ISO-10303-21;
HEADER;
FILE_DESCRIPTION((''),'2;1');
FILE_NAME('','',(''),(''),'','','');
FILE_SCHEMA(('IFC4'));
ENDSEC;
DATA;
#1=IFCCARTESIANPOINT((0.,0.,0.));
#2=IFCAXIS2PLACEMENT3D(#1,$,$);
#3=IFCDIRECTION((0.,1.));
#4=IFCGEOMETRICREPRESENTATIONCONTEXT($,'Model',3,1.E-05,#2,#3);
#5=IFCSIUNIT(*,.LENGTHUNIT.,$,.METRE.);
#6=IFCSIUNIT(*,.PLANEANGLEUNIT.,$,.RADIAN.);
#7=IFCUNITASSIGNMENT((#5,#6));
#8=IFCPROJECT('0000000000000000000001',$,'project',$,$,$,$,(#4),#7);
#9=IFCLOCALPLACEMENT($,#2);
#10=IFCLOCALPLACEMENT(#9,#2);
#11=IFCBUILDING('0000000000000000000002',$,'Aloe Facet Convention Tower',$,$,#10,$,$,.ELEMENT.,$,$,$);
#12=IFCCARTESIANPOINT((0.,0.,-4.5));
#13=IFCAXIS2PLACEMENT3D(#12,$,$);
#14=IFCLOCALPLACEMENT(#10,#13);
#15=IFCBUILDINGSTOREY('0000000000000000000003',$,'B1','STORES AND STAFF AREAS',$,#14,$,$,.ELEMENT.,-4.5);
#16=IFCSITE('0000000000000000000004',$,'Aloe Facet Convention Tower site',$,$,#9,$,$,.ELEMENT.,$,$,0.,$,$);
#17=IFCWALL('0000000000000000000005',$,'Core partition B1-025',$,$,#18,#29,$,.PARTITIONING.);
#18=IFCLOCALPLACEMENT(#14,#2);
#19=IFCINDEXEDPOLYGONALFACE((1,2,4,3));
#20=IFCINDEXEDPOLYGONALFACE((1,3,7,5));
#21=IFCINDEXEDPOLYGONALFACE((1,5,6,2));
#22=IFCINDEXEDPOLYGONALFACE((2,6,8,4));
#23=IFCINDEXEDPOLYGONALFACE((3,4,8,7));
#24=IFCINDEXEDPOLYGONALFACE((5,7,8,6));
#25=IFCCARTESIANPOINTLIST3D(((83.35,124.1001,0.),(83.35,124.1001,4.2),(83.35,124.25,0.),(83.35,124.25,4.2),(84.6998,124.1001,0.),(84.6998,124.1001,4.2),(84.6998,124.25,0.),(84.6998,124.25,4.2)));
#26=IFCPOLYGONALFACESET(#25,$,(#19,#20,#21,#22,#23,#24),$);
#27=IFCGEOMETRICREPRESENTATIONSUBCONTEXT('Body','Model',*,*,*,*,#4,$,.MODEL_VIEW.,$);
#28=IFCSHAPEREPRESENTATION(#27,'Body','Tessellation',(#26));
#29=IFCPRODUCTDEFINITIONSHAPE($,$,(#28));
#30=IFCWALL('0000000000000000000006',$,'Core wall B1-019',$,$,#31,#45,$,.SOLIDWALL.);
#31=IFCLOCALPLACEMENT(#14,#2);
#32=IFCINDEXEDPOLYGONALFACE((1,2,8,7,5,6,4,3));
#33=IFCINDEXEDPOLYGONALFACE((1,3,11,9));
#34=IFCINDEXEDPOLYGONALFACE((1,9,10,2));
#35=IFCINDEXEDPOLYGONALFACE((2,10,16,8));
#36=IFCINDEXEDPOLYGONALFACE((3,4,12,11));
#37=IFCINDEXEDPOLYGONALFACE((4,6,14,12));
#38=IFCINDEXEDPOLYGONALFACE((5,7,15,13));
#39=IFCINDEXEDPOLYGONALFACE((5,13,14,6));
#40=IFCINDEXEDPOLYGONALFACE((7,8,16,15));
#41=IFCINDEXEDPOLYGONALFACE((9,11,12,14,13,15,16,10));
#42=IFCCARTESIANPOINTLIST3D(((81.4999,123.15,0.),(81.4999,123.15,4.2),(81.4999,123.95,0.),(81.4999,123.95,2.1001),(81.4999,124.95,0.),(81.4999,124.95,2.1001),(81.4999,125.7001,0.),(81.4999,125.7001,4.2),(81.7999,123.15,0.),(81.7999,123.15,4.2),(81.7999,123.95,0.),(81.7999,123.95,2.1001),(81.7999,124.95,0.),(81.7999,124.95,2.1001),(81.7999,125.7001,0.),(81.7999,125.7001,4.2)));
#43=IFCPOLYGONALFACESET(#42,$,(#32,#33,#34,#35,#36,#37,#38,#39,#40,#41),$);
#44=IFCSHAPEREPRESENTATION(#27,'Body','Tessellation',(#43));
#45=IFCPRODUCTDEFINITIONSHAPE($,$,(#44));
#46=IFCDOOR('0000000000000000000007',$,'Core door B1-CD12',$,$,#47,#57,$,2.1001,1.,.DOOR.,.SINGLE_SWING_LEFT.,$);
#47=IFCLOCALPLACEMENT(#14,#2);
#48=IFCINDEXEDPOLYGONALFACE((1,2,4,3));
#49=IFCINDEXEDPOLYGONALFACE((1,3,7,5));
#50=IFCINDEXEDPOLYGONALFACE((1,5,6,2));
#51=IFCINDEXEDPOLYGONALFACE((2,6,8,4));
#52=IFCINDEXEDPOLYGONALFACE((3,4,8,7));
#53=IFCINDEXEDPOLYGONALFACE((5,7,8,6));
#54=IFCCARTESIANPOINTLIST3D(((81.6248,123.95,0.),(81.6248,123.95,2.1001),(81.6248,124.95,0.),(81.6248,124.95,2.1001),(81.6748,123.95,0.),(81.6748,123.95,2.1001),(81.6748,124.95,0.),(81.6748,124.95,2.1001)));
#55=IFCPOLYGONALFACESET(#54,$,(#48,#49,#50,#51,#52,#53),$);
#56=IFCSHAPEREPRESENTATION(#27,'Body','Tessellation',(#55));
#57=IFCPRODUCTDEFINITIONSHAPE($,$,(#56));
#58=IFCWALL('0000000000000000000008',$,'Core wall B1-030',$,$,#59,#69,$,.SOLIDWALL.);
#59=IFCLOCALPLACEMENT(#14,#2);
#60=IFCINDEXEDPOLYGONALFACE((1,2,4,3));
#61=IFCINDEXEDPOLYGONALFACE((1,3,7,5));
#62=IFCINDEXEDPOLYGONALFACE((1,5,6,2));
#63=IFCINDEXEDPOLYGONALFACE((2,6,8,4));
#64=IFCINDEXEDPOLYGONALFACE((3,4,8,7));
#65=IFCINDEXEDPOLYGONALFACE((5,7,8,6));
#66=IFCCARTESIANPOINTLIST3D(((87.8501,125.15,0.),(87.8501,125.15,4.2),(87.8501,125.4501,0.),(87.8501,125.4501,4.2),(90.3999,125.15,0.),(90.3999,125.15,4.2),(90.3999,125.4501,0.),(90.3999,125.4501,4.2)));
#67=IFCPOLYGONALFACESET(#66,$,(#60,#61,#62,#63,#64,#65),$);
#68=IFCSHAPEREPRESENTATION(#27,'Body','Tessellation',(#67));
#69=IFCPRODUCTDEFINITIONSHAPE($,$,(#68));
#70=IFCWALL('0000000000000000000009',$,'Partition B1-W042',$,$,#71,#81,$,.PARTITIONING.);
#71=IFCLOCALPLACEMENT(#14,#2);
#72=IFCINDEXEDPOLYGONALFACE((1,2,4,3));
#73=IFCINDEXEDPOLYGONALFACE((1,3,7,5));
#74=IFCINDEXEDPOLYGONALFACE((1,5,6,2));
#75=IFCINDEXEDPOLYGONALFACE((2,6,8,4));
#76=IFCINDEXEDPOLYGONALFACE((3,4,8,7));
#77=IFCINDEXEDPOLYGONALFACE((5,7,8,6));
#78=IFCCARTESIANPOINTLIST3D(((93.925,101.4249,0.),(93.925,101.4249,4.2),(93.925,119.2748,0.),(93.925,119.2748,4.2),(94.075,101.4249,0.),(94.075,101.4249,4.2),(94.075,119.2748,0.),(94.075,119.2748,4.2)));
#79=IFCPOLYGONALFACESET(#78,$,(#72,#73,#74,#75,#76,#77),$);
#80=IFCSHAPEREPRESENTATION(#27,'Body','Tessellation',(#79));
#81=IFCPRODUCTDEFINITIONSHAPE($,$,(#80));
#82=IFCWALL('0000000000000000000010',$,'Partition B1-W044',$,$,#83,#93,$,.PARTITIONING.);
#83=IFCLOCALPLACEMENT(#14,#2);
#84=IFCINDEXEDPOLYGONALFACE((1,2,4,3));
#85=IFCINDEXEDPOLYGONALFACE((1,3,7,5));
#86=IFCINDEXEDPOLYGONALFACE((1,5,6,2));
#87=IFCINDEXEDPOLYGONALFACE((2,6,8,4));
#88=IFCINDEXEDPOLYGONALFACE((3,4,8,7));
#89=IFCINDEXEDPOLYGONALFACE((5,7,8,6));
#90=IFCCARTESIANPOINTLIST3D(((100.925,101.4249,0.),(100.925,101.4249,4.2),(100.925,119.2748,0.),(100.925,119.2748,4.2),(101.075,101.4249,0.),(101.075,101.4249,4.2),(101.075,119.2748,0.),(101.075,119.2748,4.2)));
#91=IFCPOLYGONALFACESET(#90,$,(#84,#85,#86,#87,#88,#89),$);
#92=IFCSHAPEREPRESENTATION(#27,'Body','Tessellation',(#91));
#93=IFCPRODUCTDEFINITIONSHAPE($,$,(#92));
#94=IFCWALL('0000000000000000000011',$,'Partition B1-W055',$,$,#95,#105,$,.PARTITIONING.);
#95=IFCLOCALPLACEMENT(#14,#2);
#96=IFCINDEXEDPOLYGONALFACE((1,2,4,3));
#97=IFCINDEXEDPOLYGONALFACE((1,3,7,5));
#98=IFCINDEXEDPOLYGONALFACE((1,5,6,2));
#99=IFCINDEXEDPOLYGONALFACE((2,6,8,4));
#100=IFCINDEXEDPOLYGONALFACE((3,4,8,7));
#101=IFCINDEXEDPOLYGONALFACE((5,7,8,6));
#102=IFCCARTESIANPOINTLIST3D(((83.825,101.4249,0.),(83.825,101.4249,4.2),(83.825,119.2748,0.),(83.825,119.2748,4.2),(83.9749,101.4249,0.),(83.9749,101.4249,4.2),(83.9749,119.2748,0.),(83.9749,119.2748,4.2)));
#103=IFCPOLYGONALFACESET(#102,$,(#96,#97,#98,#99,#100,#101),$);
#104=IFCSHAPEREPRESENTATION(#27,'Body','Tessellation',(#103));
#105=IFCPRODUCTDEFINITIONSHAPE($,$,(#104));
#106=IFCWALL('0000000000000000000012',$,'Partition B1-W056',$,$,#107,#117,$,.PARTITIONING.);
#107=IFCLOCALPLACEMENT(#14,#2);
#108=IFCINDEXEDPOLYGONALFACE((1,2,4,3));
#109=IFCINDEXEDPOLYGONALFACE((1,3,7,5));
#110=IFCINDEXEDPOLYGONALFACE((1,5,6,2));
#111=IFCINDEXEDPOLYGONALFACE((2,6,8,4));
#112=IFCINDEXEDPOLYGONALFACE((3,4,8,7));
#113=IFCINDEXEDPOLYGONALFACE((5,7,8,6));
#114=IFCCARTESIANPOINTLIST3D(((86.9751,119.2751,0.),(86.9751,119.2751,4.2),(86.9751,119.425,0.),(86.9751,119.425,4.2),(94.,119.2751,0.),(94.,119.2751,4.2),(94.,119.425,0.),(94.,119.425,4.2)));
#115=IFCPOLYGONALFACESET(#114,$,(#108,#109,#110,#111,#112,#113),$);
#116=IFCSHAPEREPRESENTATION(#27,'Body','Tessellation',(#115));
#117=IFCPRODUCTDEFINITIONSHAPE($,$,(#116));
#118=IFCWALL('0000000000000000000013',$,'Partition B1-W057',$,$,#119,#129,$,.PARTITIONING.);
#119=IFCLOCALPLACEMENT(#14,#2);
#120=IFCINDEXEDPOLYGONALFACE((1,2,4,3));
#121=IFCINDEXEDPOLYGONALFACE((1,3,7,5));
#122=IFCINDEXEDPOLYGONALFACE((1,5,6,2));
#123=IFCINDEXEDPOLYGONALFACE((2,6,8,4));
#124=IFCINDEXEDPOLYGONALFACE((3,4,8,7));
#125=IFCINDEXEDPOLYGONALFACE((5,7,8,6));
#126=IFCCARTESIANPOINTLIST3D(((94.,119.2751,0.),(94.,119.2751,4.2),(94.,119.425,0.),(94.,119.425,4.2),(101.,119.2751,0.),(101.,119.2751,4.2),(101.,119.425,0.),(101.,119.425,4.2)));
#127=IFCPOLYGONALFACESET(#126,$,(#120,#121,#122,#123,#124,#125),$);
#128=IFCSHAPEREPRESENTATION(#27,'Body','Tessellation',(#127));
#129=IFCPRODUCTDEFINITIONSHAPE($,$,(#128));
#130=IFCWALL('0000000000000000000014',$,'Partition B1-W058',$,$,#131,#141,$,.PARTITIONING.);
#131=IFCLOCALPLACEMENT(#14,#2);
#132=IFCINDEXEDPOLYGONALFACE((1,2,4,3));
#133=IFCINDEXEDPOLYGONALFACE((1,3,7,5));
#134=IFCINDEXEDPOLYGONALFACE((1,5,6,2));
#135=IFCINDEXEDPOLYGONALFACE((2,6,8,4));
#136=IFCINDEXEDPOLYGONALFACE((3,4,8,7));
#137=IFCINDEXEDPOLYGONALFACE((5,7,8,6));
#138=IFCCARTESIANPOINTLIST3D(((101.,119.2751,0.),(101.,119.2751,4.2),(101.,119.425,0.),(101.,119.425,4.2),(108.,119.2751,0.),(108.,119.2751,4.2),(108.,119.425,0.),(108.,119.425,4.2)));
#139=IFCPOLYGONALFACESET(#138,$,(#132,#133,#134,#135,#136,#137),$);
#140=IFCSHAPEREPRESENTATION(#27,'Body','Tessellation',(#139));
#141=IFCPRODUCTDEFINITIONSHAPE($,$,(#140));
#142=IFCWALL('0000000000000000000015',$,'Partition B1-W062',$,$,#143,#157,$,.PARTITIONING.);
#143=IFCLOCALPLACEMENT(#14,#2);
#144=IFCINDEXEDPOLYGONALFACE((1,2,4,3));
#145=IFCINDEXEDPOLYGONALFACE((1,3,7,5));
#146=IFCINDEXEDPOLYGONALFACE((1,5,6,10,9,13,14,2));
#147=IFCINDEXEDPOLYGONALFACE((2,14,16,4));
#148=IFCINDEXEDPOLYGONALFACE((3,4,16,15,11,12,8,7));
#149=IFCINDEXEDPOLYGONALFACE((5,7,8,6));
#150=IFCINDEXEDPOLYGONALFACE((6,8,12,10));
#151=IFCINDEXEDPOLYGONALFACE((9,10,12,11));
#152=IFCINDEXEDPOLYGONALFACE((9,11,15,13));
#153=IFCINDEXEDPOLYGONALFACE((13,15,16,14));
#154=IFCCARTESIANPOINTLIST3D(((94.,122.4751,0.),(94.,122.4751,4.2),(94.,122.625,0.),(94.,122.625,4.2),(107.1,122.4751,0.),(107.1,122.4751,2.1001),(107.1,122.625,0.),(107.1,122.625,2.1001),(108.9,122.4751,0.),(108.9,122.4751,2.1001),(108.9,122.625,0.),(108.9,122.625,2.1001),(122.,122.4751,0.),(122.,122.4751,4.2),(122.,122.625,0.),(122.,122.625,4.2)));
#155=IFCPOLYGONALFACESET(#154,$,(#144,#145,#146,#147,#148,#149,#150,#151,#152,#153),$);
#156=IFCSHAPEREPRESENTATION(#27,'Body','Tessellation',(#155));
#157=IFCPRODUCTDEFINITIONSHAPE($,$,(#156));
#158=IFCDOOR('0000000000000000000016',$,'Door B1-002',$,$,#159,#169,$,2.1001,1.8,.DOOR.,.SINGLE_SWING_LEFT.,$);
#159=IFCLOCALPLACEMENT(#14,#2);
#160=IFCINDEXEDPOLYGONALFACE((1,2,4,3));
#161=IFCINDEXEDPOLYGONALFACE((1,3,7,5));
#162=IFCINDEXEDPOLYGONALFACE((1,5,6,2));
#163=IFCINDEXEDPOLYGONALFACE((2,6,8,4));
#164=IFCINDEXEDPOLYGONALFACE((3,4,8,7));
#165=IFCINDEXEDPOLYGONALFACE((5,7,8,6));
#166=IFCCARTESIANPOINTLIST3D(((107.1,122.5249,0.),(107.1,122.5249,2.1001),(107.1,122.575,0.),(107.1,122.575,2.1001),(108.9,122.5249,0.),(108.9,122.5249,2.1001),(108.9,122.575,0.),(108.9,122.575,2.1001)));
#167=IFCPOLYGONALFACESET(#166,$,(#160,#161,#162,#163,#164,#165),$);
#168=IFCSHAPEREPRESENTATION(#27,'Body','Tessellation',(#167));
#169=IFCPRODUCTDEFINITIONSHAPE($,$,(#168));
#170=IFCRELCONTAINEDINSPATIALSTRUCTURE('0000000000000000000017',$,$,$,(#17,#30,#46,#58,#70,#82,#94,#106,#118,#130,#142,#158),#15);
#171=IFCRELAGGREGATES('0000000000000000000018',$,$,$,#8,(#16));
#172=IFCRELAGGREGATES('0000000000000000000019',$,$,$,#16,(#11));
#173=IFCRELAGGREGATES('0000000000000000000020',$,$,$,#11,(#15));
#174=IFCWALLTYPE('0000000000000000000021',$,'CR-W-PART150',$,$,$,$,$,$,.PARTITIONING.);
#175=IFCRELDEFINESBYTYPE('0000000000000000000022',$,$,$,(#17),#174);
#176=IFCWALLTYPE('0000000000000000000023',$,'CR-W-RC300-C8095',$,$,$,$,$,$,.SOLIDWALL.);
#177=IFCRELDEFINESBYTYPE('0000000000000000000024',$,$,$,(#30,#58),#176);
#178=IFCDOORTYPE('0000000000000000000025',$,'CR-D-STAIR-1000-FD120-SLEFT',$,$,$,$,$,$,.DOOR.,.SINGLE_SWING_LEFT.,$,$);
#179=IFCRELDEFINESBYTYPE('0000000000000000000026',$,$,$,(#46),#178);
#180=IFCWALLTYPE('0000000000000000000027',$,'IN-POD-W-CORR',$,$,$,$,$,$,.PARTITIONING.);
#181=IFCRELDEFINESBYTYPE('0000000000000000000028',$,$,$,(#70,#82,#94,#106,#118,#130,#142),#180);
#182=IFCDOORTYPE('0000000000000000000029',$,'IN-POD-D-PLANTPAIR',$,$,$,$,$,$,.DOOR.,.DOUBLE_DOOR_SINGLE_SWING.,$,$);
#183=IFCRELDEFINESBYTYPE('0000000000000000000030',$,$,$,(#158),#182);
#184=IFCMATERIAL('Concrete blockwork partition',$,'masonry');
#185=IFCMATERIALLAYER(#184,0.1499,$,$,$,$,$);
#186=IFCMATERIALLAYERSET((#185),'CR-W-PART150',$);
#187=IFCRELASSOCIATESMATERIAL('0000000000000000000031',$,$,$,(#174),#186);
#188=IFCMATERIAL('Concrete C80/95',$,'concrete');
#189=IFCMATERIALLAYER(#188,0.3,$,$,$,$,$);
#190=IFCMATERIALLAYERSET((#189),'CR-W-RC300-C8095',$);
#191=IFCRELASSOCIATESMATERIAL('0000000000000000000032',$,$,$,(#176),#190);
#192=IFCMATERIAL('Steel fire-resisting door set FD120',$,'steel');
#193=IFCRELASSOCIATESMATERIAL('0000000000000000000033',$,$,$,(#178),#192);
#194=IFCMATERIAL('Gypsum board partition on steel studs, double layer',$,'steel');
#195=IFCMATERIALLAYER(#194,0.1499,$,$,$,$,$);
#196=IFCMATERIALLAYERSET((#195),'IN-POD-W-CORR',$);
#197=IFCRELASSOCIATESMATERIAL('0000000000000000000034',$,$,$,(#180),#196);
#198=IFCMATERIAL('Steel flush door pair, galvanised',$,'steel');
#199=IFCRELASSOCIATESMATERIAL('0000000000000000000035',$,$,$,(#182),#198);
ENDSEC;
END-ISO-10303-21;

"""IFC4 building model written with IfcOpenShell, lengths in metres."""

from ifc_helpers import new_model, si_unit, direction, frame, frame_2d, origin, place, context, subcontext, project, spatial, rectangle, extrude, material, layer, layer_set, type_object, element, fill, save


model = new_model("IFC4")

# Units and contexts
model_context = context("Model", 3, precision=1e-05, world=origin(), true_north=direction((0.0, 1.0)))
body_context = subcontext(model_context, "Body", "Model", "MODEL_VIEW")
ifc_project = project(units=[si_unit("LENGTHUNIT", "METRE"), si_unit("PLANEANGLEUNIT", "RADIAN")], contexts=[model_context])

# Site, building, storey
site_placement = place(None, origin())
site = spatial("IfcSite", under=ifc_project, at=site_placement, Name="Aloe Facet Convention Tower site", CompositionType="ELEMENT", RefElevation=0.0)
building_placement = place(site_placement, origin())
building = spatial("IfcBuilding", under=site, at=building_placement, Name="Aloe Facet Convention Tower", CompositionType="ELEMENT")
storey_placement = place(building_placement, frame((0.0, 0.0, -4.5)))
storey = spatial("IfcBuildingStorey", under=building, at=storey_placement, Name="B1", Description="STORES AND STAFF AREAS", CompositionType="ELEMENT", Elevation=-4.5)

# Wall
ifc_material_1 = material(Name="Concrete blockwork partition", Category="masonry")
ifc_layer_1 = layer(ifc_material_1, 0.1499)
ifc_layer_set_1 = layer_set([ifc_layer_1], Name="CR-W-PART150")
wall_type_1 = type_object("IfcWallType", Name="CR-W-PART150", PredefinedType="PARTITIONING", material=ifc_layer_set_1)
wall_1_placement = place(storey_placement, frame((83.3501, 124.175, 0.0), z_axis=(0.0, 0.0, 1.0), x_axis=(1.0, 0.0, 0.0)))
element("IfcWall", 1, at=wall_1_placement, inside=storey, type_object=wall_type_1, Name="Core partition B1-025", PredefinedType="PARTITIONING", context=body_context, shape_type="SweptSolid", body=[
    extrude(rectangle(XDim=1.3499, YDim=0.1499, at=frame_2d((0.6748, 0.0))), origin(), (0.0, 0.0, 1.0), 4.2),
])

# Wall, opening, door
ifc_material_2 = material(Name="Concrete C80/95", Category="concrete")
ifc_layer_2 = layer(ifc_material_2, 0.3)
ifc_layer_set_2 = layer_set([ifc_layer_2], Name="CR-W-RC300-C8095")
wall_type_2 = type_object("IfcWallType", Name="CR-W-RC300-C8095", PredefinedType="SOLIDWALL", material=ifc_layer_set_2)
wall_2_placement = place(storey_placement, frame((81.6499, 125.7, 0.0), z_axis=(0.0, 0.0, 1.0), x_axis=(0.0, -1.0, 0.0)))
wall_2 = element("IfcWall", 2, at=wall_2_placement, inside=storey, type_object=wall_type_2, Name="Core wall B1-019", PredefinedType="SOLIDWALL", context=body_context, shape_type="SweptSolid", body=[
    extrude(rectangle(XDim=2.55, YDim=0.3, at=frame_2d((1.2749, 0.0))), origin(), (0.0, 0.0, 1.0), 4.2),
])
opening_1_placement = place(wall_2_placement, frame((0.75, 0.0, 0.0)))
opening_1 = element("IfcOpeningElement", 3, at=opening_1_placement, cuts=wall_2, PredefinedType="OPENING", context=body_context, shape_type="SweptSolid", body=[
    extrude(rectangle(XDim=1.0, YDim=2.1001, at=frame_2d((0.5, 1.05))), frame((0.0, 0.1602, 0.0), z_axis=(0.0, -1.0, 0.0), x_axis=(1.0, 0.0, 0.0)), (0.0, 0.0, 1.0), 0.3201),
])
ifc_material_3 = material(Name="Steel fire-resisting door set FD120", Category="steel")
door_type_1 = type_object("IfcDoorType", Name="CR-D-STAIR-1000-FD120-SLEFT", OperationType="SINGLE_SWING_LEFT", PredefinedType="DOOR", material=ifc_material_3)
door_1_placement = place(opening_1_placement, origin())
door_1 = element("IfcDoor", 4, at=door_1_placement, inside=storey, type_object=door_type_1, Name="Core door B1-CD12", OperationType="SINGLE_SWING_LEFT", OverallHeight=2.1001, OverallWidth=1.0, PredefinedType="DOOR", context=body_context, shape_type="SweptSolid", body=[
    extrude(rectangle(XDim=1.0, YDim=2.1001, at=frame_2d((0.5, 1.05))), frame((0.0, 0.0249, 0.0), z_axis=(0.0, -1.0, 0.0), x_axis=(1.0, 0.0, 0.0)), (0.0, 0.0, 1.0), 0.05),
])
fill(opening_1, door_1)

# Walls
wall_3_placement = place(storey_placement, frame((87.8501, 125.3, 0.0), z_axis=(0.0, 0.0, 1.0), x_axis=(1.0, 0.0, 0.0)))
element("IfcWall", 5, at=wall_3_placement, inside=storey, type_object=wall_type_2, Name="Core wall B1-030", PredefinedType="SOLIDWALL", context=body_context, shape_type="SweptSolid", body=[
    extrude(rectangle(XDim=2.5498, YDim=0.3, at=frame_2d((1.2749, 0.0))), origin(), (0.0, 0.0, 1.0), 4.2),
])
ifc_material_4 = material(Name="Gypsum board partition on steel studs, double layer", Category="steel")
ifc_layer_3 = layer(ifc_material_4, 0.1499)
ifc_layer_set_3 = layer_set([ifc_layer_3], Name="IN-POD-W-CORR")
wall_type_3 = type_object("IfcWallType", Name="IN-POD-W-CORR", PredefinedType="PARTITIONING", material=ifc_layer_set_3)
for number, where, z_axis, x_axis, name in (
    (6, (94.0, 101.425, 0.0), (0.0, 0.0, 1.0), (0.0, 1.0, 0.0), "Partition B1-W042"),
    (7, (101.0, 101.425, 0.0), (0.0, 0.0, 1.0), (0.0, 1.0, 0.0), "Partition B1-W044"),
    (8, (83.8999, 101.425, 0.0), (0.0, 0.0, 1.0), (0.0, 1.0, 0.0), "Partition B1-W055"),
):
    element("IfcWall", number, at=place(storey_placement, frame(where, z_axis=z_axis, x_axis=x_axis)), inside=storey, type_object=wall_type_3, Name=name, PredefinedType="PARTITIONING", context=body_context, shape_type="SweptSolid", body=[
        extrude(rectangle(XDim=17.8499, YDim=0.1499, at=frame_2d((8.9248, 0.0))), origin(), (0.0, 0.0, 1.0), 4.2),
    ])
wall_4_placement = place(storey_placement, frame((86.9751, 119.3501, 0.0), z_axis=(0.0, 0.0, 1.0), x_axis=(1.0, 0.0, 0.0)))
element("IfcWall", 9, at=wall_4_placement, inside=storey, type_object=wall_type_3, Name="Partition B1-W056", PredefinedType="PARTITIONING", context=body_context, shape_type="SweptSolid", body=[
    extrude(rectangle(XDim=7.0249, YDim=0.1499, at=frame_2d((3.5125, 0.0))), origin(), (0.0, 0.0, 1.0), 4.2),
])
for number, where, z_axis, x_axis, name in (
    (10, (94.0, 119.3501, 0.0), (0.0, 0.0, 1.0), (1.0, 0.0, 0.0), "Partition B1-W057"),
    (11, (101.0, 119.3501, 0.0), (0.0, 0.0, 1.0), (1.0, 0.0, 0.0), "Partition B1-W058"),
):
    element("IfcWall", number, at=place(storey_placement, frame(where, z_axis=z_axis, x_axis=x_axis)), inside=storey, type_object=wall_type_3, Name=name, PredefinedType="PARTITIONING", context=body_context, shape_type="SweptSolid", body=[
        extrude(rectangle(XDim=7.0, YDim=0.1499, at=frame_2d((3.5, 0.0))), origin(), (0.0, 0.0, 1.0), 4.2),
    ])

# Wall, opening, door
wall_5_placement = place(storey_placement, frame((94.0, 122.55, 0.0), z_axis=(0.0, 0.0, 1.0), x_axis=(1.0, 0.0, 0.0)))
wall_5 = element("IfcWall", 12, at=wall_5_placement, inside=storey, type_object=wall_type_3, Name="Partition B1-W062", PredefinedType="PARTITIONING", context=body_context, shape_type="SweptSolid", body=[
    extrude(rectangle(XDim=28.0, YDim=0.1499, at=frame_2d((14.0, 0.0))), origin(), (0.0, 0.0, 1.0), 4.2),
])
opening_2_placement = place(wall_5_placement, frame((13.1001, 0.0, 0.0)))
opening_2 = element("IfcOpeningElement", 13, at=opening_2_placement, cuts=wall_5, PredefinedType="OPENING", context=body_context, shape_type="SweptSolid", body=[
    extrude(rectangle(XDim=1.8, YDim=2.1001, at=frame_2d((0.8999, 1.05))), frame((0.0, 0.085, 0.0), z_axis=(0.0, -1.0, 0.0), x_axis=(1.0, 0.0, 0.0)), (0.0, 0.0, 1.0), 0.1699),
])
ifc_material_5 = material(Name="Steel flush door pair, galvanised", Category="steel")
door_type_2 = type_object("IfcDoorType", Name="IN-POD-D-PLANTPAIR", OperationType="DOUBLE_DOOR_SINGLE_SWING", PredefinedType="DOOR", material=ifc_material_5)
door_2_placement = place(opening_2_placement, origin())
door_2 = element("IfcDoor", 14, at=door_2_placement, inside=storey, type_object=door_type_2, Name="Door B1-002", OperationType="SINGLE_SWING_LEFT", OverallHeight=2.1001, OverallWidth=1.8, PredefinedType="DOOR", context=body_context, shape_type="SweptSolid", body=[
    extrude(rectangle(XDim=1.8, YDim=2.1001, at=frame_2d((0.8999, 1.05))), frame((0.0, 0.0249, 0.0), z_axis=(0.0, -1.0, 0.0), x_axis=(1.0, 0.0, 0.0)), (0.0, 0.0, 1.0), 0.05),
])
fill(opening_2, door_2)

save(model, "model.ifc")
